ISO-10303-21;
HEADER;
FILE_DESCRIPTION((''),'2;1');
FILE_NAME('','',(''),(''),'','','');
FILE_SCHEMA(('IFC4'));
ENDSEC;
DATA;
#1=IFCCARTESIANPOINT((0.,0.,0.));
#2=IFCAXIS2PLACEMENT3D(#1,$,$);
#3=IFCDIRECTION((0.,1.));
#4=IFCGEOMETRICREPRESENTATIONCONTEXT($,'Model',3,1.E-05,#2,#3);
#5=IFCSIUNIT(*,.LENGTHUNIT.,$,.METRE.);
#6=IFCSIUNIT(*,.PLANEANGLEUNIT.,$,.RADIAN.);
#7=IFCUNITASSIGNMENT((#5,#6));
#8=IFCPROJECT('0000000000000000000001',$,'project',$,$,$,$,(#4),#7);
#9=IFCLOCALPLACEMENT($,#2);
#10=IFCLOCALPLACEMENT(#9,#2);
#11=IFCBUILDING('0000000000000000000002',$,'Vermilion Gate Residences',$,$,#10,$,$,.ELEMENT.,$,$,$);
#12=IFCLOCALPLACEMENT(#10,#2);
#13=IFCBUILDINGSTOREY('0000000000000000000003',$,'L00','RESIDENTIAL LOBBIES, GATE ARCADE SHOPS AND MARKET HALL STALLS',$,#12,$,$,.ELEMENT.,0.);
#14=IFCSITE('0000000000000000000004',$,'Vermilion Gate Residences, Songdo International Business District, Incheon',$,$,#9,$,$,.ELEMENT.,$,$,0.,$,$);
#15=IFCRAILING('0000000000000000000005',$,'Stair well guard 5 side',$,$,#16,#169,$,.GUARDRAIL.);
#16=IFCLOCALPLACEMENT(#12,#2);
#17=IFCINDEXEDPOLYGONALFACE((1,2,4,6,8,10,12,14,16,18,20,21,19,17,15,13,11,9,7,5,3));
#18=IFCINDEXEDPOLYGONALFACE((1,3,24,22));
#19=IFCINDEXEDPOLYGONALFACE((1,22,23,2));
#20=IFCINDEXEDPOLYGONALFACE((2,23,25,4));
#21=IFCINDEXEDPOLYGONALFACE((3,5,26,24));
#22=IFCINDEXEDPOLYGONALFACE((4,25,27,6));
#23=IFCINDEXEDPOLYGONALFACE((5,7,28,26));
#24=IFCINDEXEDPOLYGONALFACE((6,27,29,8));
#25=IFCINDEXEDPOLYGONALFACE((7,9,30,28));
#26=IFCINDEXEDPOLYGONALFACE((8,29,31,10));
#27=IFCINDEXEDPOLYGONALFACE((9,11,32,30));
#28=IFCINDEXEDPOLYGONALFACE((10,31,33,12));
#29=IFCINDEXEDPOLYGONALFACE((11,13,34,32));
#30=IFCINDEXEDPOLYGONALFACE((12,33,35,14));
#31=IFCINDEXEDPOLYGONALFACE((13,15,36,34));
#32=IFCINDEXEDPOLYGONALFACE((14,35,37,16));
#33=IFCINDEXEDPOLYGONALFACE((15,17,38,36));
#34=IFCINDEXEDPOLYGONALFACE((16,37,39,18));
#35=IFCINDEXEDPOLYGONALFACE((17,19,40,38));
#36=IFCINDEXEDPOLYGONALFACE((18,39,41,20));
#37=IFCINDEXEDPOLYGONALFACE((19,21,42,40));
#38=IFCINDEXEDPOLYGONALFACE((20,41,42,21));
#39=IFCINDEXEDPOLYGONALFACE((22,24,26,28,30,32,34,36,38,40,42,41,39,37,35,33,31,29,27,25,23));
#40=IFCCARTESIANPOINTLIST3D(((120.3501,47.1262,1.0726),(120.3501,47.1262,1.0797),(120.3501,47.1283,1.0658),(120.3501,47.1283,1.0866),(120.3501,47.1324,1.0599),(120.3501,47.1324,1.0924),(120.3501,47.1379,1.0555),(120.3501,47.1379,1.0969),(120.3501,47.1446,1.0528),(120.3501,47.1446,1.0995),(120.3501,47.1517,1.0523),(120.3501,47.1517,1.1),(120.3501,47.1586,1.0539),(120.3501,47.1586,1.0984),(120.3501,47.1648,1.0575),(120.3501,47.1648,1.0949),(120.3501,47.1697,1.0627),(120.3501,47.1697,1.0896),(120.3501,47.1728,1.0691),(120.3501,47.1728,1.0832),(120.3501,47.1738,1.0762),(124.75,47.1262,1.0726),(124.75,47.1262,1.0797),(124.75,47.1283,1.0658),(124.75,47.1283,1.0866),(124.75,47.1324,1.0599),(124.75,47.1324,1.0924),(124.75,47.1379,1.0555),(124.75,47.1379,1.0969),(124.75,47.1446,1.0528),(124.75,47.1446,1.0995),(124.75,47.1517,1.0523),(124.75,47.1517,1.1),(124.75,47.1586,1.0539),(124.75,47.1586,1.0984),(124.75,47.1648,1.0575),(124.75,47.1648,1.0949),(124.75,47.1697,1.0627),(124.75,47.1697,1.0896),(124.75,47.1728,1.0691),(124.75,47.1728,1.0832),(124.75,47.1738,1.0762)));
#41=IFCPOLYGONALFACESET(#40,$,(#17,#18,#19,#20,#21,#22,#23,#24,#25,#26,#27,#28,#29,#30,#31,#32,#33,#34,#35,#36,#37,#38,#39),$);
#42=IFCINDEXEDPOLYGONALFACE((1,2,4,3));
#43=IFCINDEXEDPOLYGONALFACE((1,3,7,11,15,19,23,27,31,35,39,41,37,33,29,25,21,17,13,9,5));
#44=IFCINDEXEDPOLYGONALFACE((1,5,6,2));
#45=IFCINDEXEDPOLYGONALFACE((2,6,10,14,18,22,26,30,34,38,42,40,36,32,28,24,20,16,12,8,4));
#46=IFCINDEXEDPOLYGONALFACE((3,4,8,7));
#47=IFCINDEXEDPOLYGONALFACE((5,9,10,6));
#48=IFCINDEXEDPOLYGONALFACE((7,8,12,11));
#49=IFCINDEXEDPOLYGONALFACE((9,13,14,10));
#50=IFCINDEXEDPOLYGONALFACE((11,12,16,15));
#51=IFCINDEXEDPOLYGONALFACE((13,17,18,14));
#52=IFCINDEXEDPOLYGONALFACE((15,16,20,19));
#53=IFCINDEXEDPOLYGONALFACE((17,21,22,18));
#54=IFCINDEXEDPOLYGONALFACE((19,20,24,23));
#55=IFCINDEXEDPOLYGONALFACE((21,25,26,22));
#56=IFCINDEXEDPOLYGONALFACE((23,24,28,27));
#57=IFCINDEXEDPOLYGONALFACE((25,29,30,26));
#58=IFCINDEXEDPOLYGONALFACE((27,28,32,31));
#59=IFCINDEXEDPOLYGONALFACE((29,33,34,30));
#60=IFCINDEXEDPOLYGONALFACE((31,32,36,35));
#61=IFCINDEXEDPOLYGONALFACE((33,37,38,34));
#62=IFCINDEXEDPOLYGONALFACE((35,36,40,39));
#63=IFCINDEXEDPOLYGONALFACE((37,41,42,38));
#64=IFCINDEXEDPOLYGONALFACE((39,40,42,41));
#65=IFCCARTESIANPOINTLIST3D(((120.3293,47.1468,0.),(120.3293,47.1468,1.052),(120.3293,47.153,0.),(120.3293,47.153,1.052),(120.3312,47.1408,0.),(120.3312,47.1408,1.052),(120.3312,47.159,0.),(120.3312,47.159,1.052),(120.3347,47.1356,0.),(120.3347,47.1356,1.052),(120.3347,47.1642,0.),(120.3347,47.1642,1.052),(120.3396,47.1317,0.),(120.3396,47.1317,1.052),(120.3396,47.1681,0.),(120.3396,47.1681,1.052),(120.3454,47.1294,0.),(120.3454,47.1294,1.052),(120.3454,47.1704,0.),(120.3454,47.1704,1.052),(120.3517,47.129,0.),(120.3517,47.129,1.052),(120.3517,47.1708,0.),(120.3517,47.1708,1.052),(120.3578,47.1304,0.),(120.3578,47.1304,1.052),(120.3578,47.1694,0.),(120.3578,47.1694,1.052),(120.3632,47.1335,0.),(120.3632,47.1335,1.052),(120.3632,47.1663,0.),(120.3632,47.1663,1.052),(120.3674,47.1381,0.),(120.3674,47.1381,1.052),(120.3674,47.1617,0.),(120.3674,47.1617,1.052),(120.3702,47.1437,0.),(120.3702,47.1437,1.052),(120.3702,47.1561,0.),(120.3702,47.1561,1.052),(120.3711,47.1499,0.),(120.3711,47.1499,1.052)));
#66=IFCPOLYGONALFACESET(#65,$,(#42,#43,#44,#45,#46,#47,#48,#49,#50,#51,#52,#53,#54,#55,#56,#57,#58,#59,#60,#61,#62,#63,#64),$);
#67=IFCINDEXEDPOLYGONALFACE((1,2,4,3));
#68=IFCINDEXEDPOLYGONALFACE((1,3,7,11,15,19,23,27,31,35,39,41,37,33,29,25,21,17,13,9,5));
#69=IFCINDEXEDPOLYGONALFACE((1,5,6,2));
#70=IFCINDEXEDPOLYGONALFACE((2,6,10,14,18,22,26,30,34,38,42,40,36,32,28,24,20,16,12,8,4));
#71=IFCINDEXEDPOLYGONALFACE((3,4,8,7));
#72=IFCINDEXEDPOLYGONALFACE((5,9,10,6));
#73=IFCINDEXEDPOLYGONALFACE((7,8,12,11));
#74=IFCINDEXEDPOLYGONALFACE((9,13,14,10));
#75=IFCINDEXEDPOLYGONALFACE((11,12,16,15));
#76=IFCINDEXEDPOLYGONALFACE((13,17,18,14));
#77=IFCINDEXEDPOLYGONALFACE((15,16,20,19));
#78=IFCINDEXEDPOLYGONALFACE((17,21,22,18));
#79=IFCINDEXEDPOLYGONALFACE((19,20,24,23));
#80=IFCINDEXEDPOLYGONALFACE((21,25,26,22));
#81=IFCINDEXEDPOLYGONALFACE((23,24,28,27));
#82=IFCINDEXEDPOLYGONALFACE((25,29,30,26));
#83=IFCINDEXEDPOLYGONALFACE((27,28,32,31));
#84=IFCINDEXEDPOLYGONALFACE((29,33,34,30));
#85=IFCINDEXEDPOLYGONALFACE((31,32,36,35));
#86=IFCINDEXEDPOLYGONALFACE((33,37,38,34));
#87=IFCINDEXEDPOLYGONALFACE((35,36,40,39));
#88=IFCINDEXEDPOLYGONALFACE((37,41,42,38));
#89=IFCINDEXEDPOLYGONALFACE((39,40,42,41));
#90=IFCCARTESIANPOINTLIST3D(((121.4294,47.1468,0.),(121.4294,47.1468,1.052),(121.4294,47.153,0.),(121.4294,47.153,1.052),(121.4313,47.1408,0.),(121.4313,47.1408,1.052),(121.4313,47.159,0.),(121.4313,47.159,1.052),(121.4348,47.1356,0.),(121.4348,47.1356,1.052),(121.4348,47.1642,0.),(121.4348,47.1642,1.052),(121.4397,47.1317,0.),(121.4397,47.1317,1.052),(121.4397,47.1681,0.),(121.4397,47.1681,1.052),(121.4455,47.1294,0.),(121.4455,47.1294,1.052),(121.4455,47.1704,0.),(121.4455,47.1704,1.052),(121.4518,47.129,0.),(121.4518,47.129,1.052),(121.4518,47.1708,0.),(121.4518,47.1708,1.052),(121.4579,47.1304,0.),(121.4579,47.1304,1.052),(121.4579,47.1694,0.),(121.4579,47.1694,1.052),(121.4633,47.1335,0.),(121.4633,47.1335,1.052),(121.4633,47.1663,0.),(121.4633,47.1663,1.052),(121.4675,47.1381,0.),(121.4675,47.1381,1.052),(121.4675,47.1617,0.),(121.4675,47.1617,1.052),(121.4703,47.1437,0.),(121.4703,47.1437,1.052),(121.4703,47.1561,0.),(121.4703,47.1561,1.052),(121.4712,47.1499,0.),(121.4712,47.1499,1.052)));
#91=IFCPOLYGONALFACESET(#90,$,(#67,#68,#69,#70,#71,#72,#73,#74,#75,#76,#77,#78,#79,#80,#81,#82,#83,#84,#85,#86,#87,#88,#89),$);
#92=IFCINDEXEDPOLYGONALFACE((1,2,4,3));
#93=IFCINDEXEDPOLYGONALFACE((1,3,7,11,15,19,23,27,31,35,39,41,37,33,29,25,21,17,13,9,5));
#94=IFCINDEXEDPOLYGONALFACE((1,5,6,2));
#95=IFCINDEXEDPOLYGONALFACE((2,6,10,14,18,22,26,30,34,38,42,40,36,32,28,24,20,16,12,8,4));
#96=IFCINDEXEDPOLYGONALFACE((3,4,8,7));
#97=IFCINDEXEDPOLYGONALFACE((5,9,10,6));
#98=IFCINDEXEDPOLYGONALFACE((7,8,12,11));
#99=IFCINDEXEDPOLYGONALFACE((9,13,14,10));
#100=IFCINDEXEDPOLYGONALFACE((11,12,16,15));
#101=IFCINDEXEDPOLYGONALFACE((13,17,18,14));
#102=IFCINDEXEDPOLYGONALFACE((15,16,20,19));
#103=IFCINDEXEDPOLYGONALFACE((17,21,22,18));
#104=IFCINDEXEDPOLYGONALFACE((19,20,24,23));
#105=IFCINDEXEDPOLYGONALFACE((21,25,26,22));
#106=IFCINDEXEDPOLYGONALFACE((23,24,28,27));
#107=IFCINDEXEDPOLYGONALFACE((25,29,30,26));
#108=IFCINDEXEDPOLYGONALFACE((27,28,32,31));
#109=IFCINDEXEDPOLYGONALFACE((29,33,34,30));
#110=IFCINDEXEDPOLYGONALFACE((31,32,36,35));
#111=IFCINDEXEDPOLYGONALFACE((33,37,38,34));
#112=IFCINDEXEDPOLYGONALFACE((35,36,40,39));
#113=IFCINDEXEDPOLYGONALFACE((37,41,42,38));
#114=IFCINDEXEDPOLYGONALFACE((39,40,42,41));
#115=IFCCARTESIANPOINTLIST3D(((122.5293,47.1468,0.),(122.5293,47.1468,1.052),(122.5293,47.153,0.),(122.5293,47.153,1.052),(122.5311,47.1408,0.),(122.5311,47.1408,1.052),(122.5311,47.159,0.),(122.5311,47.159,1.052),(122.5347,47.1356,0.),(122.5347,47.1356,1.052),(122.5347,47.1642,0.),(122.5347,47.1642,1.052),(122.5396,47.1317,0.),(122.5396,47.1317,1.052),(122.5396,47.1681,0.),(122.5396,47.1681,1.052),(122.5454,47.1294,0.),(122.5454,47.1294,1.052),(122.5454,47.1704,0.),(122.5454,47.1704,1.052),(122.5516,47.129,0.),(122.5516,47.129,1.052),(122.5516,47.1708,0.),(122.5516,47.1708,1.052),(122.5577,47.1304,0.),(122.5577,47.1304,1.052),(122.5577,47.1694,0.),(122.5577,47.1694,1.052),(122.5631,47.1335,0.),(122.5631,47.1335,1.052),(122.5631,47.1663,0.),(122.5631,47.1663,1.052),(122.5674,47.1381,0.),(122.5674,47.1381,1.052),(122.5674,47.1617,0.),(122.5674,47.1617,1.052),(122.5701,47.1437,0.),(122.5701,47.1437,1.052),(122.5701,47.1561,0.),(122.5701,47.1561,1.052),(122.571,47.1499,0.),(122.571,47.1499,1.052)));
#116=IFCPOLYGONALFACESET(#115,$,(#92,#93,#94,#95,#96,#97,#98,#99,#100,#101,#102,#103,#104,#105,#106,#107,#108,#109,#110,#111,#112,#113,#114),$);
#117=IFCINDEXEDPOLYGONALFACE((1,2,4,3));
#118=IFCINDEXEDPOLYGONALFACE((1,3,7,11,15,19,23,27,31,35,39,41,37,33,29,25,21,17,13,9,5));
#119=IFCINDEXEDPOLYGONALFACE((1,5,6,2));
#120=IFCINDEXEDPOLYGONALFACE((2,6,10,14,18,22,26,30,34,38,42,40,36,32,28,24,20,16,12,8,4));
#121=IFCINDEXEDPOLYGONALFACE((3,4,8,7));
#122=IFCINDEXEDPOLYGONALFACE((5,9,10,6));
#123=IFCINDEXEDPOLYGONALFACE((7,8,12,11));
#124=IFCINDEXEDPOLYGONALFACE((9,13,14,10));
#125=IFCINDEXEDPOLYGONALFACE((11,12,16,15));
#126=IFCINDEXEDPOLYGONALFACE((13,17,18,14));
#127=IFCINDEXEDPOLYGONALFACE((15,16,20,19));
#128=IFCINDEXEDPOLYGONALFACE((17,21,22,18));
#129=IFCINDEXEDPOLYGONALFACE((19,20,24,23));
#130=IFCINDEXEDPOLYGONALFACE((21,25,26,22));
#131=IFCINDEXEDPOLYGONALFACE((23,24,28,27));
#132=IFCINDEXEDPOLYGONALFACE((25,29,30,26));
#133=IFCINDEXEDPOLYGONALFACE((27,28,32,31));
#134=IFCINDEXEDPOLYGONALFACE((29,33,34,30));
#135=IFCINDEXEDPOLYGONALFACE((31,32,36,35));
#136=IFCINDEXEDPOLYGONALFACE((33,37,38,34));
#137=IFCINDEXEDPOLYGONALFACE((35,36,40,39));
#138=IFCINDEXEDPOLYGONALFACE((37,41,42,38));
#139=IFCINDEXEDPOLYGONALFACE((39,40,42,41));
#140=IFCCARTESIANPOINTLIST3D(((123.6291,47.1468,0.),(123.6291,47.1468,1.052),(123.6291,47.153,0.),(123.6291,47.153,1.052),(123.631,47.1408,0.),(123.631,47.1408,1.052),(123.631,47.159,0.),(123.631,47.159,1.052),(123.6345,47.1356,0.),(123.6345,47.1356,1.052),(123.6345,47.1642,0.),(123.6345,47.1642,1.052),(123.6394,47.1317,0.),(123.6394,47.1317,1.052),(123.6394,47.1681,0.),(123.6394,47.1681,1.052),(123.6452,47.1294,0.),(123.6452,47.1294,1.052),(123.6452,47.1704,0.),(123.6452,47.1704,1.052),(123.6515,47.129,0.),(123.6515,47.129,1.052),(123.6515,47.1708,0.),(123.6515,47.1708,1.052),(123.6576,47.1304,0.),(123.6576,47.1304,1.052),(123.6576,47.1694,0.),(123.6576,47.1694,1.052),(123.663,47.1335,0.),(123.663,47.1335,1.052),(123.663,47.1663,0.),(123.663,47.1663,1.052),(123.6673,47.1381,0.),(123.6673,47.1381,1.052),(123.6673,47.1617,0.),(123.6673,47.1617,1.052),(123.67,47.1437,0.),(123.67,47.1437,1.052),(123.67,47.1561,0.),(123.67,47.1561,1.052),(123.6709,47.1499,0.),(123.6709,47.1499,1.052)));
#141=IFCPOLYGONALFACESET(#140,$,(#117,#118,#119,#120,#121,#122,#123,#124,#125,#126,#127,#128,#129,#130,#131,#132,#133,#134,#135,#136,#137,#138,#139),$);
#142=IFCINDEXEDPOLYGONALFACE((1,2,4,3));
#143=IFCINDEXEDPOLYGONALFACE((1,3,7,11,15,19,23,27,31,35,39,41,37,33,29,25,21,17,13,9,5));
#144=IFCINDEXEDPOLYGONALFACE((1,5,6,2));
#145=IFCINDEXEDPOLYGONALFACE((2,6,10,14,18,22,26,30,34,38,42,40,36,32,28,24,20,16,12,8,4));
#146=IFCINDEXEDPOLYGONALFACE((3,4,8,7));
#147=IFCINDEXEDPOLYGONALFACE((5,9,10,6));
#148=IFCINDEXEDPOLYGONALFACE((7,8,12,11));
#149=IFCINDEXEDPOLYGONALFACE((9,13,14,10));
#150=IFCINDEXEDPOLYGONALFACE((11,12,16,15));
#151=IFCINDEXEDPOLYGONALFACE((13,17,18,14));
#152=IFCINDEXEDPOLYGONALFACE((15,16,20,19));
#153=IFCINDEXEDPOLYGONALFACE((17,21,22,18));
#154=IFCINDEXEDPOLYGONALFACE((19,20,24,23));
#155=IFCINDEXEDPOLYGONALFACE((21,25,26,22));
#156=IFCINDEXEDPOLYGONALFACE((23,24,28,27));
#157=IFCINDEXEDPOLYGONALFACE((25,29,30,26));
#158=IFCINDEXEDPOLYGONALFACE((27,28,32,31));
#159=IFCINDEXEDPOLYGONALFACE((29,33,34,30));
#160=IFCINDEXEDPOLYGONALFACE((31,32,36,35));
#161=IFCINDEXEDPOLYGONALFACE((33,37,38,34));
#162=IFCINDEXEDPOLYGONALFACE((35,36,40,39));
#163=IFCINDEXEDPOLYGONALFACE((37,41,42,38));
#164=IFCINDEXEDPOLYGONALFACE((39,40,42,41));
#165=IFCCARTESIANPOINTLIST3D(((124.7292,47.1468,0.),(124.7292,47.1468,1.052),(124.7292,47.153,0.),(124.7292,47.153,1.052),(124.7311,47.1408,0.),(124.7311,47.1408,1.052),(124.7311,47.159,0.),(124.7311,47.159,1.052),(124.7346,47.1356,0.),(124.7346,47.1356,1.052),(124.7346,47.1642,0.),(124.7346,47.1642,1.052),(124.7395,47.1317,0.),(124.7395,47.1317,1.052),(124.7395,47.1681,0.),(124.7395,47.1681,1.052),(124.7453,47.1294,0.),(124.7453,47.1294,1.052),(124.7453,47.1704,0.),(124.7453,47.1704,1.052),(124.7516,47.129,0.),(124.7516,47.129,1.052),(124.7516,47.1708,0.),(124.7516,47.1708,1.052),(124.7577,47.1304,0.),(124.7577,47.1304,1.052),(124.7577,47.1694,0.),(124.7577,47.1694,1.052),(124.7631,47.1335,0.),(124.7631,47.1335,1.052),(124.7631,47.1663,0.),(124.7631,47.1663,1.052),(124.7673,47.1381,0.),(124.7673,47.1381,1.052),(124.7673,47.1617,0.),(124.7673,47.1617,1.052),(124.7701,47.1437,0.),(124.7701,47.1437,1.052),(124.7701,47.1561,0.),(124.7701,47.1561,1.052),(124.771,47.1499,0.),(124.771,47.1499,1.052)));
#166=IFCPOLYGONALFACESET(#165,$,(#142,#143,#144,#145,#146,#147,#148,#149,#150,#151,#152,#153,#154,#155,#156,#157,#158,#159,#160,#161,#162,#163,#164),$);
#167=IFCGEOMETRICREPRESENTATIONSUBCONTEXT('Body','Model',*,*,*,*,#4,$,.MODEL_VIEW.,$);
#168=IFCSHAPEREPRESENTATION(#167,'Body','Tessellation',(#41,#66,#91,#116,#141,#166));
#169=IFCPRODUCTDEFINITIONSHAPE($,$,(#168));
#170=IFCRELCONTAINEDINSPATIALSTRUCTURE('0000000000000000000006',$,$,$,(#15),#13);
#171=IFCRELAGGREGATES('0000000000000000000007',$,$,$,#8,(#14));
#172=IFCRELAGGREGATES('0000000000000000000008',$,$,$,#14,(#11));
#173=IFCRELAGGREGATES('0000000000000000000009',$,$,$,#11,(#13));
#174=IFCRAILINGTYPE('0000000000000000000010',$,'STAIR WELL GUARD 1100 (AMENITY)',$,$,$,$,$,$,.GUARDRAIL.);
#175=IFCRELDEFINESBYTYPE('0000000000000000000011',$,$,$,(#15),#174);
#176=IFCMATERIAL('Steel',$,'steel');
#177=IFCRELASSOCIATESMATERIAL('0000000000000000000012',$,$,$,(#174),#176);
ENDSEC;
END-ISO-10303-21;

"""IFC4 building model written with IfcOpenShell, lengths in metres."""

from ifc_helpers import new_model, si_unit, direction, frame, origin, origin_2d, place, context, subcontext, project, spatial, circle, extrude, material, type_object, element, save


model = new_model("IFC4")

# Units and contexts
model_context = context("Model", 3, precision=1e-05, world=origin(), true_north=direction((0.0, 1.0)))
body_context = subcontext(model_context, "Body", "Model", "MODEL_VIEW")
ifc_project = project(units=[si_unit("LENGTHUNIT", "METRE"), si_unit("PLANEANGLEUNIT", "RADIAN")], contexts=[model_context])

# Site, building, storey
site_placement = place(None, origin())
site = spatial("IfcSite", under=ifc_project, at=site_placement, Name="Vermilion Gate Residences, Songdo International Business District, Incheon", CompositionType="ELEMENT", RefElevation=0.0)
building_placement = place(site_placement, origin())
building = spatial("IfcBuilding", under=site, at=building_placement, Name="Vermilion Gate Residences", CompositionType="ELEMENT")
storey_placement = place(building_placement, origin())
storey = spatial("IfcBuildingStorey", under=building, at=storey_placement, Name="L00", Description="RESIDENTIAL LOBBIES, GATE ARCADE SHOPS AND MARKET HALL STALLS", CompositionType="ELEMENT", Elevation=0.0)

# Railing
ifc_material_1 = material(Name="Steel", Category="steel")
railing_type = type_object("IfcRailingType", Name="STAIR WELL GUARD 1100 (AMENITY)", PredefinedType="GUARDRAIL", material=ifc_material_1)
railing_1_placement = place(storey_placement, frame((120.3501, 47.1499, 0.0)))
element("IfcRailing", 1, at=railing_1_placement, inside=storey, type_object=railing_type, Name="Stair well guard 5 side", PredefinedType="GUARDRAIL", context=body_context, shape_type="SweptSolid", body=[
    extrude(circle(Radius=0.0239, at=origin_2d()), frame((0.0, 0.0, 1.0762), z_axis=(1.0, 0.0, 0.0), x_axis=(0.0, 1.0, 0.0)), (0.0, 0.0, 1.0), 4.3999),
    extrude(circle(Radius=0.021, at=origin_2d()), origin(), (0.0, 0.0, 1.0), 1.052),
    extrude(circle(Radius=0.021, at=origin_2d()), frame((1.1001, 0.0, 0.0)), (0.0, 0.0, 1.0), 1.052),
    extrude(circle(Radius=0.021, at=origin_2d()), frame((2.2, 0.0, 0.0)), (0.0, 0.0, 1.0), 1.052),
    extrude(circle(Radius=0.021, at=origin_2d()), frame((3.2998, 0.0, 0.0)), (0.0, 0.0, 1.0), 1.052),
    extrude(circle(Radius=0.021, at=origin_2d()), frame((4.3999, 0.0, 0.0)), (0.0, 0.0, 1.0), 1.052),
])

save(model, "model.ifc")
